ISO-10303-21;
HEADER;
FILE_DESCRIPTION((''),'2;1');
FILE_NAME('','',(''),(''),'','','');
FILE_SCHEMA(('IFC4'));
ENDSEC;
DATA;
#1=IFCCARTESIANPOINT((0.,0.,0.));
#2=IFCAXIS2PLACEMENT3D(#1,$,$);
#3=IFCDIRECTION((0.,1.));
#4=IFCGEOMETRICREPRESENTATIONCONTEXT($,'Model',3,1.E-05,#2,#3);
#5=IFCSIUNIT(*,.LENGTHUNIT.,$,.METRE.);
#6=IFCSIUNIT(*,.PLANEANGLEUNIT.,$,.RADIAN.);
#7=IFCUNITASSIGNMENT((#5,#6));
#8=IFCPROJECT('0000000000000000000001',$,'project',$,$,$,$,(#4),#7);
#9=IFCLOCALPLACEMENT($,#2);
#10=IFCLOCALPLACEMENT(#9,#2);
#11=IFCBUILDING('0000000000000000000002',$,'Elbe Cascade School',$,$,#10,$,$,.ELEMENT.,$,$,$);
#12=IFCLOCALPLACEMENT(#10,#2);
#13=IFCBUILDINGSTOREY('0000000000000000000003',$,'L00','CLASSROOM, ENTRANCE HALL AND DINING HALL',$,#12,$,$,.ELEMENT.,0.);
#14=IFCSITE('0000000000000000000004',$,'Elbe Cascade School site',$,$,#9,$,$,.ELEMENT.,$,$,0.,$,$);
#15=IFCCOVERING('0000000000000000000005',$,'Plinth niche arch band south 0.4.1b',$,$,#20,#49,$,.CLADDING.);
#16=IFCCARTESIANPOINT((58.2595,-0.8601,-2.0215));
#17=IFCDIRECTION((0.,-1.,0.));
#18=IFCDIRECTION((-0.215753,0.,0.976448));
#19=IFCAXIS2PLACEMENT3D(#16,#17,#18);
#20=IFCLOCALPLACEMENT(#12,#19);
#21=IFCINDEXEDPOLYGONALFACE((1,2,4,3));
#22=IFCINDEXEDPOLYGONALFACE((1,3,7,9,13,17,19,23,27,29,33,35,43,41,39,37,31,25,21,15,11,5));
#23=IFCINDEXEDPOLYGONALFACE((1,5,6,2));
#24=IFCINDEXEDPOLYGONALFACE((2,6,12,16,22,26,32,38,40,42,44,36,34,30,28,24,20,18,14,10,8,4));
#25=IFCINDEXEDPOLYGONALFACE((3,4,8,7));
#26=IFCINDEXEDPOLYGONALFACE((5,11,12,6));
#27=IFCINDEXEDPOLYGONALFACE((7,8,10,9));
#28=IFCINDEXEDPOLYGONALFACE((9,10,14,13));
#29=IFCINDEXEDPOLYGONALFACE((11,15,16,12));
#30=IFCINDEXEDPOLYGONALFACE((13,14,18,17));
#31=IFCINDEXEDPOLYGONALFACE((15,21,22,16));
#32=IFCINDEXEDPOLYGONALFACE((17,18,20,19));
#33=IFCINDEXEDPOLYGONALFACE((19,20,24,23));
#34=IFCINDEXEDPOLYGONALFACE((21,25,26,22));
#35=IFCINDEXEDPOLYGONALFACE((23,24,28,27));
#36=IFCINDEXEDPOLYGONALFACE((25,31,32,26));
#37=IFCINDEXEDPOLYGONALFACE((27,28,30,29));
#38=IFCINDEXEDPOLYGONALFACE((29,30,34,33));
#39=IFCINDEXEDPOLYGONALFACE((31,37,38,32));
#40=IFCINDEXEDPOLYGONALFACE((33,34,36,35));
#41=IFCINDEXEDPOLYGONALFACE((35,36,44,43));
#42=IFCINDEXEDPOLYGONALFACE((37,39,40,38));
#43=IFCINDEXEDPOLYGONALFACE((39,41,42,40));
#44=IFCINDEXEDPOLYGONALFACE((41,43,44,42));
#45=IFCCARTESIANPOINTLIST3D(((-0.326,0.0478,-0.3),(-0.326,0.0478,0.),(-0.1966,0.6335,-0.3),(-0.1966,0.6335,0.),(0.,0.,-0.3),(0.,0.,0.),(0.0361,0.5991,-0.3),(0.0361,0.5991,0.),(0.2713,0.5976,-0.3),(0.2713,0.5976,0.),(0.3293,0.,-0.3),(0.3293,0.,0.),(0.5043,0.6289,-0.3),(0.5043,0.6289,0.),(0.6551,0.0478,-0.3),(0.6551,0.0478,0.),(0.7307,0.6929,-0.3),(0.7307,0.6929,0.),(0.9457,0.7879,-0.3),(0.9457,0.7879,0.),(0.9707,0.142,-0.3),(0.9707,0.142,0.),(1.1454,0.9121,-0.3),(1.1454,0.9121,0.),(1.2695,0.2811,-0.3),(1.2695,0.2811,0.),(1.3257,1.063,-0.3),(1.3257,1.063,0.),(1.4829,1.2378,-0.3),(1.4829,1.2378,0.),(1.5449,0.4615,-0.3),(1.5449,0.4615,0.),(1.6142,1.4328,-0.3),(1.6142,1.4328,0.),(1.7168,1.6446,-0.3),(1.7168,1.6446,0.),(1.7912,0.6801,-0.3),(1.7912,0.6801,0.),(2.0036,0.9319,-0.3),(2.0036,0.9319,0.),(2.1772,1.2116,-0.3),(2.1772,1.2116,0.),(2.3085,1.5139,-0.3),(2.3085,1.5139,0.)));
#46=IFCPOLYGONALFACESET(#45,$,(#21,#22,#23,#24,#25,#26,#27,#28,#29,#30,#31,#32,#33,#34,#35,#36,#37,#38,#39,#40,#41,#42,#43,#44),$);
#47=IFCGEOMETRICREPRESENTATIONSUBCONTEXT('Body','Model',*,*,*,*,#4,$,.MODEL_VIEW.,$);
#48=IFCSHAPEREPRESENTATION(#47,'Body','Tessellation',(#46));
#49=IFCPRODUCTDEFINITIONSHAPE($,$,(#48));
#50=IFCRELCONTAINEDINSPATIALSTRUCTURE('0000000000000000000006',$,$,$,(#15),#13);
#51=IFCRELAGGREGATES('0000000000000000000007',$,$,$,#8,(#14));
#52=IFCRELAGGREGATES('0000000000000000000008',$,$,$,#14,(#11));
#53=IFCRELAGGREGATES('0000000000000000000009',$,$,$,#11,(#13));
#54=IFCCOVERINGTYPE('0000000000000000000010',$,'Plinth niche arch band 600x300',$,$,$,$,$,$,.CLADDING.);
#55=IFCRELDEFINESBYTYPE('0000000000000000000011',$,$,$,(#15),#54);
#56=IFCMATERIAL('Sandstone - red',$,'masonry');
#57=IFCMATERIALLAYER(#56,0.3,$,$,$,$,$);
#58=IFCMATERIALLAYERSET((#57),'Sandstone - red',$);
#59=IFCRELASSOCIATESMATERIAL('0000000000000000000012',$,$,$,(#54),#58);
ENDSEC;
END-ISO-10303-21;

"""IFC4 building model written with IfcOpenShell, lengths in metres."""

from ifc_helpers import new_model, si_unit, direction, frame, origin, place, context, subcontext, project, spatial, polyline, outline, extrude, material, layer, layer_set, type_object, element, save


model = new_model("IFC4")

# Units and contexts
model_context = context("Model", 3, precision=1e-05, world=origin(), true_north=direction((0.0, 1.0)))
body_context = subcontext(model_context, "Body", "Model", "MODEL_VIEW")
ifc_project = project(units=[si_unit("LENGTHUNIT", "METRE"), si_unit("PLANEANGLEUNIT", "RADIAN")], contexts=[model_context])

# Site, building, storey
site_placement = place(None, origin())
site = spatial("IfcSite", under=ifc_project, at=site_placement, Name="Elbe Cascade School site", CompositionType="ELEMENT", RefElevation=0.0)
building_placement = place(site_placement, origin())
building = spatial("IfcBuilding", under=site, at=building_placement, Name="Elbe Cascade School", CompositionType="ELEMENT")
storey_placement = place(building_placement, origin())
storey = spatial("IfcBuildingStorey", under=building, at=storey_placement, Name="L00", Description="CLASSROOM, ENTRANCE HALL AND DINING HALL", CompositionType="ELEMENT", Elevation=0.0)

# Covering
ifc_material_1 = material(Name="Sandstone - red", Category="masonry")
ifc_layer_1 = layer(ifc_material_1, 0.3)
ifc_layer_set_1 = layer_set([ifc_layer_1], Name="Sandstone - red")
covering_type = type_object("IfcCoveringType", Name="Plinth niche arch band 600x300", PredefinedType="CLADDING", material=ifc_layer_set_1)
covering_placement = place(storey_placement, frame((58.2595, -0.8601, -2.0215), z_axis=(0.0, -1.0, 0.0), x_axis=(-0.215753, 0.0, 0.976448)))
element("IfcCovering", 1, at=covering_placement, inside=storey, type_object=covering_type, Name="Plinth niche arch band south 0.4.1b", PredefinedType="CLADDING", context=body_context, shape_type="SweptSolid", body=[
    extrude(outline(polyline([(0.0, 0.0), (0.3293, 0.0), (0.6551, 0.0478), (0.9707, 0.142), (1.2695, 0.2811), (1.5449, 0.4615), (1.7912, 0.6801), (2.0036, 0.9319), (2.1772, 1.2116), (2.3085, 1.5139), (1.7168, 1.6446), (1.6142, 1.4328), (1.4829, 1.2378), (1.3257, 1.063), (1.1454, 0.9121), (0.9457, 0.7879), (0.7307, 0.6929), (0.5043, 0.6289), (0.2713, 0.5976), (0.0361, 0.5991), (-0.1966, 0.6335), (-0.326, 0.0478), (0.0, 0.0)])), origin(), (0.0, 0.0, -1.0), 0.3),
])

save(model, "model.ifc")
